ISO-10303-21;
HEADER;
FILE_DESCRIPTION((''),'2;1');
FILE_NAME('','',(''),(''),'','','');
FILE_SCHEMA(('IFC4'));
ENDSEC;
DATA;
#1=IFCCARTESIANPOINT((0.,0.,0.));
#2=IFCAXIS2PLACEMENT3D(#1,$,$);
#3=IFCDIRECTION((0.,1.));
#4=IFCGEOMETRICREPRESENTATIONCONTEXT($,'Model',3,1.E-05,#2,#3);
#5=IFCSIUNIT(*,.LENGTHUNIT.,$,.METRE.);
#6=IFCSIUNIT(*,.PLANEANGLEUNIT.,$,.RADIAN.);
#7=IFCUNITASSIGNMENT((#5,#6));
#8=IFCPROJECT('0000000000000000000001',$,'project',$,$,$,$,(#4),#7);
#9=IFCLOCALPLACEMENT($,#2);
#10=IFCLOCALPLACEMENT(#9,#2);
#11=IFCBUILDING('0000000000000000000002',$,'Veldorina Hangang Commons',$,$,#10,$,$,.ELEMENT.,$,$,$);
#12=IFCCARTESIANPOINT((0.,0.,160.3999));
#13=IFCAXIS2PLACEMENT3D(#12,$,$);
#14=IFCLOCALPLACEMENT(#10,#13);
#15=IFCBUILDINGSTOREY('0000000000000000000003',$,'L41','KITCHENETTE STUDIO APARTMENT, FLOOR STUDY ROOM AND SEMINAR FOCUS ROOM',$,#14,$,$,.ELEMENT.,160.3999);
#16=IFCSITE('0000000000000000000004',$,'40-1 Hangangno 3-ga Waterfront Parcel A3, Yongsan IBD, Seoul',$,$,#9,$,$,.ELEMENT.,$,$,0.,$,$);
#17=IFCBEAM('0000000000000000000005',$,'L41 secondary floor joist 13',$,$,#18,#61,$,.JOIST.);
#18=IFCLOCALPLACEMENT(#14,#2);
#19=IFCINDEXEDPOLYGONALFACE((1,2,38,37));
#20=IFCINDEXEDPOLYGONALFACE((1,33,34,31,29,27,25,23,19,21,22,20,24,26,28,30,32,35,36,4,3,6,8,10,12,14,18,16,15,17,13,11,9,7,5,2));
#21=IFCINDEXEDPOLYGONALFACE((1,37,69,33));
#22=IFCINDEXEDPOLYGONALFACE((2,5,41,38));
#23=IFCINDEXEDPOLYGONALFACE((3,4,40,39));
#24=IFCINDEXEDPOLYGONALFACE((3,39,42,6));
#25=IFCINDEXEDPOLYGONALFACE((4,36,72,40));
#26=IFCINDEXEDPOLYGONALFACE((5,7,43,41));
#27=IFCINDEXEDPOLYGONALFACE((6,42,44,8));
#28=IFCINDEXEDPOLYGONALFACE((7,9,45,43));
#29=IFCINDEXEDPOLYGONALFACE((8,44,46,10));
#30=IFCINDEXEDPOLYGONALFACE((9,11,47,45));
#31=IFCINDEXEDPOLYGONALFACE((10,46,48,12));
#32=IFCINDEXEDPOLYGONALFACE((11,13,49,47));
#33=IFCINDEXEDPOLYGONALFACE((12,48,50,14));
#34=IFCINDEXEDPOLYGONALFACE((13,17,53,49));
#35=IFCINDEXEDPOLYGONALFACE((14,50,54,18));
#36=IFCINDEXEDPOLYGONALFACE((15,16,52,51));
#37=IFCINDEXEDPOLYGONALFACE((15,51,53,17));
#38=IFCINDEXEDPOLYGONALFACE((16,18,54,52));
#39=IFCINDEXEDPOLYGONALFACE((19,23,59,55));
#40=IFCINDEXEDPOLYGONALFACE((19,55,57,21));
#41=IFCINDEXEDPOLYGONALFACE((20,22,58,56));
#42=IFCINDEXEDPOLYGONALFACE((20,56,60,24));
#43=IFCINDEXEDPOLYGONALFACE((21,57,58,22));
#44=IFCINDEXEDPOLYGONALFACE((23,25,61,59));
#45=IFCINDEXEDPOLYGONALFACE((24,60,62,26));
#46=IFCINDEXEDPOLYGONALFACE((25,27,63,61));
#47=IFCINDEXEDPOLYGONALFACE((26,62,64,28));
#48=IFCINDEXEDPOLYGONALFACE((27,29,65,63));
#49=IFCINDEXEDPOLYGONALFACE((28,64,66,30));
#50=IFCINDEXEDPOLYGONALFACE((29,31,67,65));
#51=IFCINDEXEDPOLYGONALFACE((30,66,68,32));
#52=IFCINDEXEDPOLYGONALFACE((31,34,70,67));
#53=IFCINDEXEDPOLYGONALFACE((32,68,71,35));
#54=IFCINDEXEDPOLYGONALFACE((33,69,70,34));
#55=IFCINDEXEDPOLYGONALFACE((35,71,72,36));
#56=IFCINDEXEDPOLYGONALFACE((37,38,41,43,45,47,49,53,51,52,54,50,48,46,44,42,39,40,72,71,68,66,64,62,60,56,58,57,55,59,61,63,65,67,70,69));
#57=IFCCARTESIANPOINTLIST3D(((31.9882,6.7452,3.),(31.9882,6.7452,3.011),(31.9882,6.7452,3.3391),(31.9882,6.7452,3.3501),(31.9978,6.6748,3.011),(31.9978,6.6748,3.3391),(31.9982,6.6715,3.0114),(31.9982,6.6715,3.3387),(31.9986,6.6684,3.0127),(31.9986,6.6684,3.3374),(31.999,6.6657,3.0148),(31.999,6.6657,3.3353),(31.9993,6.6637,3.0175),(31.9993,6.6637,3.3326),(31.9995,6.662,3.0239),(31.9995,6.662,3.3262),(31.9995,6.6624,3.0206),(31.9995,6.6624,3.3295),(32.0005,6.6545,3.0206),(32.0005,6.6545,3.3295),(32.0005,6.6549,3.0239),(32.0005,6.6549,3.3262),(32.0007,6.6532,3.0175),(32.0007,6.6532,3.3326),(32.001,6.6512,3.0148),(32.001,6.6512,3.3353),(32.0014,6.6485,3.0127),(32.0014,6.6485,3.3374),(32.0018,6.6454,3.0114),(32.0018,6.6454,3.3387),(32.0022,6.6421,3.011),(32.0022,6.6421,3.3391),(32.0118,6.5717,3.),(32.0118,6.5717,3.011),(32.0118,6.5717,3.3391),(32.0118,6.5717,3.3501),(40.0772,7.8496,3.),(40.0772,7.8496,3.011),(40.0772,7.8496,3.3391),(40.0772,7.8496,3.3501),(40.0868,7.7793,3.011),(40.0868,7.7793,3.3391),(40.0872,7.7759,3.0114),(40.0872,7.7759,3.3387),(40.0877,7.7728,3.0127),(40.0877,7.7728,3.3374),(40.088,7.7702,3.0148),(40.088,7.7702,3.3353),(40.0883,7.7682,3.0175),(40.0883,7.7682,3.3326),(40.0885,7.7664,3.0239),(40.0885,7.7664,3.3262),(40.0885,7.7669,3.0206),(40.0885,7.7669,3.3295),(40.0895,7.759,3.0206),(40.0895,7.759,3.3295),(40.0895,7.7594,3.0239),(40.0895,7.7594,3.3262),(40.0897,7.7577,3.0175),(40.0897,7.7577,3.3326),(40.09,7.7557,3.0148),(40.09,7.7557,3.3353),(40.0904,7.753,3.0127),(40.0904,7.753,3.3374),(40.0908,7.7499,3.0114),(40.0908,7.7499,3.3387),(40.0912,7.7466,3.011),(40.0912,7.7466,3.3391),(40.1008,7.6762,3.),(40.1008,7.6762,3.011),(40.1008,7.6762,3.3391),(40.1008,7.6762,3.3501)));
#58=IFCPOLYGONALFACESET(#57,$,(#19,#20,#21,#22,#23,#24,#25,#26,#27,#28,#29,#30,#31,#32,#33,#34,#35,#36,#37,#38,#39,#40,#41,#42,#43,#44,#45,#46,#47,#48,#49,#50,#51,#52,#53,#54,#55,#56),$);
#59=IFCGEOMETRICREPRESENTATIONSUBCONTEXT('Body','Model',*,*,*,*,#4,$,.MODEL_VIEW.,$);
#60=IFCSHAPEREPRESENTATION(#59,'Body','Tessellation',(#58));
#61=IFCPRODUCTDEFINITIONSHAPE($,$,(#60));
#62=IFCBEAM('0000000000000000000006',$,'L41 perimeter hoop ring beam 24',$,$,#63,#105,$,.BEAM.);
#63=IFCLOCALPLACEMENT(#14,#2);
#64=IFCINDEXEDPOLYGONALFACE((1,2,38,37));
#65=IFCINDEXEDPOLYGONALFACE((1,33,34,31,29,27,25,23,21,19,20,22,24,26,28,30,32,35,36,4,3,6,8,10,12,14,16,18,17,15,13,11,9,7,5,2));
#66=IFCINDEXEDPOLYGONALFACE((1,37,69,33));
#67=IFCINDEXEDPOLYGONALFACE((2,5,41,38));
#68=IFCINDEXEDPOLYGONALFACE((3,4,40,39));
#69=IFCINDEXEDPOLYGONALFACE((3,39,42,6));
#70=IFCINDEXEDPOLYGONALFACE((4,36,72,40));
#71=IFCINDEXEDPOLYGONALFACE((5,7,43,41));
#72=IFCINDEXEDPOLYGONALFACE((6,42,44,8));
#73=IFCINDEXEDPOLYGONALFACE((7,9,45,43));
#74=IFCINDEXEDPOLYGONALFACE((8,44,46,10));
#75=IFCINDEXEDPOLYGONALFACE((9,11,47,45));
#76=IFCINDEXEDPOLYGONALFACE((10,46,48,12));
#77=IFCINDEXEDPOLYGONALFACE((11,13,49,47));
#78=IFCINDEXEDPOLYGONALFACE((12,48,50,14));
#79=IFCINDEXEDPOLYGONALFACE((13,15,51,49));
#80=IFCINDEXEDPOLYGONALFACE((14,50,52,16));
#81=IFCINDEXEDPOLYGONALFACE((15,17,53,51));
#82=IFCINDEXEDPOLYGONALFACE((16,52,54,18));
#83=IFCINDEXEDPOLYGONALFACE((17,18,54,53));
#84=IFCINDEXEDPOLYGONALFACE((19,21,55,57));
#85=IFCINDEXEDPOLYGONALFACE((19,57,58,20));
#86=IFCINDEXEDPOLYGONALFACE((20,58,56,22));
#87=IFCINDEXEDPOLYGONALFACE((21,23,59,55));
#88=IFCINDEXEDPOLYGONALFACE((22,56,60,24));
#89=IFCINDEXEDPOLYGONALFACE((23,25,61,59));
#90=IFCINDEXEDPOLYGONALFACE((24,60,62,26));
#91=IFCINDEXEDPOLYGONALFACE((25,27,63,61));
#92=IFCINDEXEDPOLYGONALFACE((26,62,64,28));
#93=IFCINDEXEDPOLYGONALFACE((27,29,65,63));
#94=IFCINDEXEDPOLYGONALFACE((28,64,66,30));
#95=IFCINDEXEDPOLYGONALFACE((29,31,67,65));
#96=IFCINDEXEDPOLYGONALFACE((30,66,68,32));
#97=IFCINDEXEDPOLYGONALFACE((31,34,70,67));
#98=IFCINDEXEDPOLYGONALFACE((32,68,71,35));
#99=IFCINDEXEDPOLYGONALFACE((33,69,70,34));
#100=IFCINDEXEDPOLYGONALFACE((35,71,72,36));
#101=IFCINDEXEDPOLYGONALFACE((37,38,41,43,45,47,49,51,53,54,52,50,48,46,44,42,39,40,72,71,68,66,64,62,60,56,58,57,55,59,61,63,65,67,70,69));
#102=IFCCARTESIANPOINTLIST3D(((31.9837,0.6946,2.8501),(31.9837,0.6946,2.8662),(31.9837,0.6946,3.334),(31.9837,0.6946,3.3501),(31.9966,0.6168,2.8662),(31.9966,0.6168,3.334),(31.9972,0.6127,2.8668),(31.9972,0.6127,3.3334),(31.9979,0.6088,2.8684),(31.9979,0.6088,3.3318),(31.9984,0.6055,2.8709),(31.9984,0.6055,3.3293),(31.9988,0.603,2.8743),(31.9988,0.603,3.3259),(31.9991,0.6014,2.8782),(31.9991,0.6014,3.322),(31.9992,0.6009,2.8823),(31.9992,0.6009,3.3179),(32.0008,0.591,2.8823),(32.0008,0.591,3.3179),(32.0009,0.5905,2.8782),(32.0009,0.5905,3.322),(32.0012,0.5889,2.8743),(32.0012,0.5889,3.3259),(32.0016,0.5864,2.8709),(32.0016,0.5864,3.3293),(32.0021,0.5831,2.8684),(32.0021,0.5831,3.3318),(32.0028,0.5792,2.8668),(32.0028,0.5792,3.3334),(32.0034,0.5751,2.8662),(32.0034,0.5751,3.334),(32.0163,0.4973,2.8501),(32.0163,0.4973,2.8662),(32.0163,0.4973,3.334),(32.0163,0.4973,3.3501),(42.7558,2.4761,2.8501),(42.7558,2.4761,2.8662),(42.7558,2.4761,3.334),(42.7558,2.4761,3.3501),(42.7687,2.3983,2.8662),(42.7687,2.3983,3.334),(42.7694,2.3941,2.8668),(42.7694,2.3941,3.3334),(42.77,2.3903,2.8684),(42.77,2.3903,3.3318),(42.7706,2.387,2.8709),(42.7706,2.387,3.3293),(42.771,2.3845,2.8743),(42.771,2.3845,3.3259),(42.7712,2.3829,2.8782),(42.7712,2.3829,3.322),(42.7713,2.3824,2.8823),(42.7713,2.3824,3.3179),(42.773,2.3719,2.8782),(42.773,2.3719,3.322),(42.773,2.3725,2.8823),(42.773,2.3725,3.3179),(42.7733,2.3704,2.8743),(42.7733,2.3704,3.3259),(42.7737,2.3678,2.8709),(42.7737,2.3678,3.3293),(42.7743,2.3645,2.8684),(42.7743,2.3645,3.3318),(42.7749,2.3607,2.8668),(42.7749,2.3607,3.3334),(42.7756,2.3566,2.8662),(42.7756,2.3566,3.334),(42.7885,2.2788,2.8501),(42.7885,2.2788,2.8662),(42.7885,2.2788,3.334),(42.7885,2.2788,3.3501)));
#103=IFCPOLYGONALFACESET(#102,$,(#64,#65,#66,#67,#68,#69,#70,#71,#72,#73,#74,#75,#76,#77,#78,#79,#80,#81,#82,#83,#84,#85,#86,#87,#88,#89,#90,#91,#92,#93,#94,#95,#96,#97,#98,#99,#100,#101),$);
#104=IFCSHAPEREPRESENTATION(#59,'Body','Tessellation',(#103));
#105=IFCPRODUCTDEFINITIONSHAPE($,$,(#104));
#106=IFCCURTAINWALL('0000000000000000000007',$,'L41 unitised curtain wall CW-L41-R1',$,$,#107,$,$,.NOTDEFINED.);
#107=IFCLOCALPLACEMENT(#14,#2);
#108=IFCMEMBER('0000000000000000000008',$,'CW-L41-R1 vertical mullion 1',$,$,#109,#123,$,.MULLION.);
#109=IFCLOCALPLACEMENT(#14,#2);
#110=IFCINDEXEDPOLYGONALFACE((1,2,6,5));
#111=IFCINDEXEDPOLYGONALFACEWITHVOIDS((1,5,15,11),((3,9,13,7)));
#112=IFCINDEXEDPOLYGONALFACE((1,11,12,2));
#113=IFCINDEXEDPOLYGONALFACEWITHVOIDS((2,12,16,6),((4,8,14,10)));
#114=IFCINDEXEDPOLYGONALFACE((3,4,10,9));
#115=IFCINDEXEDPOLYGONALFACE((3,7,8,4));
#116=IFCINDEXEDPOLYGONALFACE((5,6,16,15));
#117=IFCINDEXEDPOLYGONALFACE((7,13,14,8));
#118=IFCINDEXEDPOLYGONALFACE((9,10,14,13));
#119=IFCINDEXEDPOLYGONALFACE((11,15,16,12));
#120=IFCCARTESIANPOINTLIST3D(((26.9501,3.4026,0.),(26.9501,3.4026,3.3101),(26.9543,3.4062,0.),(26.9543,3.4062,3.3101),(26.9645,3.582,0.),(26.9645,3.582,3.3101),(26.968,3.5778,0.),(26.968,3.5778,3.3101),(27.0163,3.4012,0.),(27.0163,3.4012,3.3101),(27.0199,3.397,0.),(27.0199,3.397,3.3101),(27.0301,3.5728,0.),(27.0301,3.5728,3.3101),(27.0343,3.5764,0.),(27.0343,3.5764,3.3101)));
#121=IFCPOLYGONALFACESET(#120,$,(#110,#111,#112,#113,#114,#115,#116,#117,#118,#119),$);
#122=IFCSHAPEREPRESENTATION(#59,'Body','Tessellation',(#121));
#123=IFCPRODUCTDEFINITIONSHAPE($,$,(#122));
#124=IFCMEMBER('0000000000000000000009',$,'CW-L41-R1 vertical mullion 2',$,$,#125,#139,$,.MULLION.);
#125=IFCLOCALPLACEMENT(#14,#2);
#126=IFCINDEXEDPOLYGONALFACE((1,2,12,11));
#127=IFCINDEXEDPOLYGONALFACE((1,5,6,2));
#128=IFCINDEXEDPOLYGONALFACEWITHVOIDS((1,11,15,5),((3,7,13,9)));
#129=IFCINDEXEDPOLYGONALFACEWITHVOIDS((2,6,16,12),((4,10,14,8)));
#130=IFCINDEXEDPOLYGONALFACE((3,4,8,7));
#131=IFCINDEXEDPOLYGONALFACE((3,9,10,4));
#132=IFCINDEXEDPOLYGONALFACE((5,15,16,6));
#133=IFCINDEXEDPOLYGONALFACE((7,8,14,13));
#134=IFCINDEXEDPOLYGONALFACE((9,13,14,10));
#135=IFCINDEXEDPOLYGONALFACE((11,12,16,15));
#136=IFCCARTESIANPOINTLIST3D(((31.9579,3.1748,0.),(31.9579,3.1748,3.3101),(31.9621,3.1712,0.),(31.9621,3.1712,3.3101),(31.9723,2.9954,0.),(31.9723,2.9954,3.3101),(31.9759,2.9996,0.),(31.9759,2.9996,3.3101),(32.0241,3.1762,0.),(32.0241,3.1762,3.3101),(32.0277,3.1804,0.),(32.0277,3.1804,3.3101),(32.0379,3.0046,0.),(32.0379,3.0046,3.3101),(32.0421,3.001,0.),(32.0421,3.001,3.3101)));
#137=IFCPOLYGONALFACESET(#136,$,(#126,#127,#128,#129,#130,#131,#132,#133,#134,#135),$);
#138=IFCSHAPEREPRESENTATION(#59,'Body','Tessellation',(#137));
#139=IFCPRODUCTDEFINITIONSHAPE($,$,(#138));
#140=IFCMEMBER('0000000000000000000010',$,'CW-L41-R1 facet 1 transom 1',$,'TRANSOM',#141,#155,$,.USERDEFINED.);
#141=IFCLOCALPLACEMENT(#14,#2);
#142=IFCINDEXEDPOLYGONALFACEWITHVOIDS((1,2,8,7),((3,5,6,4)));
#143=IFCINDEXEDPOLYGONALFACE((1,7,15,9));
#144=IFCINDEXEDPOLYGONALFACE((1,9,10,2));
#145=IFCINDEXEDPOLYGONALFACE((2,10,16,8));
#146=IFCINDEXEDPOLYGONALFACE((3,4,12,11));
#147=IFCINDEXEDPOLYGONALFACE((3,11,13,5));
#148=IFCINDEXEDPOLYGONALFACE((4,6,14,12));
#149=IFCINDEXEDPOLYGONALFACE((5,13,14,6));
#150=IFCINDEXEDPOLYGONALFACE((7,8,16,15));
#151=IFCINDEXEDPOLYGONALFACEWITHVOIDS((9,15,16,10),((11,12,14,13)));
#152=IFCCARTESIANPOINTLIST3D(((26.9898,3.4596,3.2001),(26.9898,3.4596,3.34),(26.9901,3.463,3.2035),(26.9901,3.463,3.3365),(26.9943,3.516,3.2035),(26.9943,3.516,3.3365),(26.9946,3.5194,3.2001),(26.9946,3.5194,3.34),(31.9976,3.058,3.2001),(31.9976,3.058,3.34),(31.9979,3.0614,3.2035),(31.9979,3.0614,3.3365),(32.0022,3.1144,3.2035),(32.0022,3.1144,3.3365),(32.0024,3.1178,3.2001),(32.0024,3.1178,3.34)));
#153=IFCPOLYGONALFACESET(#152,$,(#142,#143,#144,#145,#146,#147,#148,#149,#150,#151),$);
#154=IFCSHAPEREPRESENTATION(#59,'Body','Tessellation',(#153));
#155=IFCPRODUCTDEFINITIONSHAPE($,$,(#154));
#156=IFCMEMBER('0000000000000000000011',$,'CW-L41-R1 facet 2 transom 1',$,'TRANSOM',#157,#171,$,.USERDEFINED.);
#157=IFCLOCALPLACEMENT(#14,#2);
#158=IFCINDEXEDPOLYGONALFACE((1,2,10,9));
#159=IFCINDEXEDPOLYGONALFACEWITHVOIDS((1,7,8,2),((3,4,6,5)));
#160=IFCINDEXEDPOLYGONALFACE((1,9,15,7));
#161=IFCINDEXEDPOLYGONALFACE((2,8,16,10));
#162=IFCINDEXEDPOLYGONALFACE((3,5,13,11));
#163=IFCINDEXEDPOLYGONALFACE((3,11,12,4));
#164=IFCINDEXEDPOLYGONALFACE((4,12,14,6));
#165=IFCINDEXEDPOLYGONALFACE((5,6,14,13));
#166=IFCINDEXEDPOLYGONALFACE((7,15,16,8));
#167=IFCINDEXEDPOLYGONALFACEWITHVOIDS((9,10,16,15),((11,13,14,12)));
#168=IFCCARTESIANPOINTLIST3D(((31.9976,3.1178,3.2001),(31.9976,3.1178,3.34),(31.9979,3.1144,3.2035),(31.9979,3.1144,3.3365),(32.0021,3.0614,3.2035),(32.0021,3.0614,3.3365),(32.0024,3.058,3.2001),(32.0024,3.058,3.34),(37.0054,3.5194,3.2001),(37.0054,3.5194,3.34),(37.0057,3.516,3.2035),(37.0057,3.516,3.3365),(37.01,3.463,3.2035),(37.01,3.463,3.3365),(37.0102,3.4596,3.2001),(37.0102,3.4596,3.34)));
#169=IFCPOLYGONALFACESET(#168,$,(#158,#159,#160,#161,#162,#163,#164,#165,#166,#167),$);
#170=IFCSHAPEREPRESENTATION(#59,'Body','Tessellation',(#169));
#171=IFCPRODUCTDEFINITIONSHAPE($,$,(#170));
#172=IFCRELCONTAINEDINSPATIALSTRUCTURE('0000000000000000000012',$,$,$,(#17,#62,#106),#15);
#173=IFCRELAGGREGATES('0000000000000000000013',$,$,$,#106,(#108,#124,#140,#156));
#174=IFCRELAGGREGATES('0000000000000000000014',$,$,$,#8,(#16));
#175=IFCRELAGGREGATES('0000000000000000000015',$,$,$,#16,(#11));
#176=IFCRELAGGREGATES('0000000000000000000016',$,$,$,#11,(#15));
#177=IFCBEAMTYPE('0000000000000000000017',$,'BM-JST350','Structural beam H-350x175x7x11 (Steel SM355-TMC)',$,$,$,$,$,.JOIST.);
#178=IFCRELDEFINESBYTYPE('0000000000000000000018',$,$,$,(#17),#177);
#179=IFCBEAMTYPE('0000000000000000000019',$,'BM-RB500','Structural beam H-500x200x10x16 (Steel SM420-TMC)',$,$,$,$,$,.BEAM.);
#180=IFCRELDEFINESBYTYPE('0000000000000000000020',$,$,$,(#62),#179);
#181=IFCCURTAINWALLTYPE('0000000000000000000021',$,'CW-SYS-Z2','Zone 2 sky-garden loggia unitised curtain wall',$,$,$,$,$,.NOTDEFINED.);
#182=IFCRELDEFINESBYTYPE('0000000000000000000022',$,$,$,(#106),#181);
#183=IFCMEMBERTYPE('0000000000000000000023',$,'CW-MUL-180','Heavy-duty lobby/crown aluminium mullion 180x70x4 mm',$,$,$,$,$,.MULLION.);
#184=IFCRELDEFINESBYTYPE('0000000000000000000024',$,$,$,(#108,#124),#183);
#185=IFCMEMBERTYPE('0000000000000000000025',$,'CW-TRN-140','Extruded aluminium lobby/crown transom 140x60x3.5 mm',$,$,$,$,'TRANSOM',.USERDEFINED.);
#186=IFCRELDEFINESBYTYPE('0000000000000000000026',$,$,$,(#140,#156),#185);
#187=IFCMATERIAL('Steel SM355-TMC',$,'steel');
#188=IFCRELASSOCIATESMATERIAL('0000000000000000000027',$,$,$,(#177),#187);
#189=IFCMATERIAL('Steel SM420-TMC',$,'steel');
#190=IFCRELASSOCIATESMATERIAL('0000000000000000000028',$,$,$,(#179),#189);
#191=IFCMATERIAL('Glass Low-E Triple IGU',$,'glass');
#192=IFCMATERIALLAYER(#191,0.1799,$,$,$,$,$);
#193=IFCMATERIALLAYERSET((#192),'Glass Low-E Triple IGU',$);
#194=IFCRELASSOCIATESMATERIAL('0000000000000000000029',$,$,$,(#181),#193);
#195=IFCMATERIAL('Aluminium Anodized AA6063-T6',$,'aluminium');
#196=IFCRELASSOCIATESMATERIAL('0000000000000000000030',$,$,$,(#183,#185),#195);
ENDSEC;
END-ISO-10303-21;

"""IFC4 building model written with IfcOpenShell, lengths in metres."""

from ifc_helpers import new_model, si_unit, direction, frame, origin, origin_2d, place, context, subcontext, project, spatial, hollow_rectangle, i_section, extrude, material, layer, layer_set, material_profile, profile_set, type_object, element, aggregate, save


model = new_model("IFC4")

# Units and contexts
model_context = context("Model", 3, precision=1e-05, world=origin(), true_north=direction((0.0, 1.0)))
body_context = subcontext(model_context, "Body", "Model", "MODEL_VIEW")
ifc_project = project(units=[si_unit("LENGTHUNIT", "METRE"), si_unit("PLANEANGLEUNIT", "RADIAN")], contexts=[model_context])

# Site, building, storey
site_placement = place(None, origin())
site = spatial("IfcSite", under=ifc_project, at=site_placement, Name="40-1 Hangangno 3-ga Waterfront Parcel A3, Yongsan IBD, Seoul", CompositionType="ELEMENT", RefElevation=0.0)
building_placement = place(site_placement, origin())
building = spatial("IfcBuilding", under=site, at=building_placement, Name="Veldorina Hangang Commons", CompositionType="ELEMENT")
storey_placement = place(building_placement, frame((0.0, 0.0, 160.3999)))
storey = spatial("IfcBuildingStorey", under=building, at=storey_placement, Name="L41", Description="KITCHENETTE STUDIO APARTMENT, FLOOR STUDY ROOM AND SEMINAR FOCUS ROOM", CompositionType="ELEMENT", Elevation=160.3999)

# Beams
ifc_material_1 = material(Name="Steel SM355-TMC", Category="steel")
ifc_material_profile_1 = material_profile(ifc_material_1, i_section(OverallWidth=0.175, OverallDepth=0.3501, WebThickness=0.0071, FlangeThickness=0.011, FilletRadius=0.0129, at=origin_2d()), Name="H-350x175x7x11")
ifc_profile_set_1 = profile_set([ifc_material_profile_1], Name="Steel SM355-TMC")
beam_type_1 = type_object("IfcBeamType", Name="BM-JST350", Description="Structural beam H-350x175x7x11 (Steel SM355-TMC)", PredefinedType="JOIST", material=ifc_profile_set_1)
beam_1_placement = place(storey_placement, frame((32.0, 6.6584, 3.175), z_axis=(0.990807, 0.135285, 0.0), x_axis=(-0.135285, 0.990807, 0.0)))
element("IfcBeam", 1, at=beam_1_placement, inside=storey, type_object=beam_type_1, Name="L41 secondary floor joist 13", PredefinedType="JOIST", context=body_context, shape_type="SweptSolid", body=[
    extrude(i_section(OverallWidth=0.175, OverallDepth=0.3501, WebThickness=0.0071, FlangeThickness=0.011, FilletRadius=0.0129, at=origin_2d()), origin(), (0.0, 0.0, 1.0), 8.1641),
])
ifc_material_2 = material(Name="Steel SM420-TMC", Category="steel")
ifc_material_profile_2 = material_profile(ifc_material_2, i_section(OverallWidth=0.2, OverallDepth=0.5, WebThickness=0.01, FlangeThickness=0.0161, FilletRadius=0.0161, at=origin_2d()), Name="H-500x200x10x16")
ifc_profile_set_2 = profile_set([ifc_material_profile_2], Name="Steel SM420-TMC")
beam_type_2 = type_object("IfcBeamType", Name="BM-RB500", Description="Structural beam H-500x200x10x16 (Steel SM420-TMC)", PredefinedType="BEAM", material=ifc_profile_set_2)
beam_2_placement = place(storey_placement, frame((32.0, 0.5959, 3.1001), z_axis=(0.986599, 0.163162, 0.0), x_axis=(-0.163162, 0.986599, 0.0)))
element("IfcBeam", 2, at=beam_2_placement, inside=storey, type_object=beam_type_2, Name="L41 perimeter hoop ring beam 24", PredefinedType="BEAM", context=body_context, shape_type="SweptSolid", body=[
    extrude(i_section(OverallWidth=0.2, OverallDepth=0.5, WebThickness=0.01, FlangeThickness=0.0161, FilletRadius=0.0161, at=origin_2d()), origin(), (0.0, 0.0, 1.0), 10.9185),
])

# Curtain wall, members
ifc_material_3 = material(Name="Glass Low-E Triple IGU", Category="glass")
ifc_layer_1 = layer(ifc_material_3, 0.1799)
ifc_layer_set_1 = layer_set([ifc_layer_1], Name="Glass Low-E Triple IGU")
curtain_wall_type = type_object("IfcCurtainWallType", Name="CW-SYS-Z2", Description="Zone 2 sky-garden loggia unitised curtain wall", PredefinedType="NOTDEFINED", material=ifc_layer_set_1)
curtain_wall_placement = place(storey_placement, origin())
curtain_wall = element("IfcCurtainWall", 3, at=curtain_wall_placement, inside=storey, type_object=curtain_wall_type, Name="L41 unitised curtain wall CW-L41-R1", PredefinedType="NOTDEFINED")
ifc_material_4 = material(Name="Aluminium Anodized AA6063-T6", Category="aluminium")
ifc_material_profile_3 = material_profile(ifc_material_4, hollow_rectangle(XDim=0.0701, YDim=0.1799, WallThickness=0.0039, at=origin_2d()), Name="ALU-RHS-180x70x4")
ifc_profile_set_3 = profile_set([ifc_material_profile_3], Name="Aluminium Anodized AA6063-T6")
member_type_1 = type_object("IfcMemberType", Name="CW-MUL-180", Description="Heavy-duty lobby/crown aluminium mullion 180x70x4 mm", PredefinedType="MULLION", material=ifc_profile_set_3)
member_1_placement = place(storey_placement, frame((26.9922, 3.4895, 0.0), z_axis=(0.0, 0.0, 1.0), x_axis=(0.996797, -0.079973, 0.0)))
member_1 = element("IfcMember", 4, at=member_1_placement, type_object=member_type_1, Name="CW-L41-R1 vertical mullion 1", PredefinedType="MULLION", context=body_context, shape_type="SweptSolid", body=[
    extrude(hollow_rectangle(XDim=0.0701, YDim=0.1799, WallThickness=0.0039, at=origin_2d()), origin(), (0.0, 0.0, 1.0), 3.3101),
])
member_2_placement = place(storey_placement, frame((32.0, 3.0879, 0.0), z_axis=(0.0, 0.0, 1.0), x_axis=(0.996797, 0.079973, 0.0)))
member_2 = element("IfcMember", 5, at=member_2_placement, type_object=member_type_1, Name="CW-L41-R1 vertical mullion 2", PredefinedType="MULLION", context=body_context, shape_type="SweptSolid", body=[
    extrude(hollow_rectangle(XDim=0.0701, YDim=0.1799, WallThickness=0.0039, at=origin_2d()), origin(), (0.0, 0.0, 1.0), 3.3101),
])
ifc_material_profile_4 = material_profile(ifc_material_4, hollow_rectangle(XDim=0.0601, YDim=0.1399, WallThickness=0.0034, at=origin_2d()), Name="ALU-RHS-140x60x3.5")
ifc_profile_set_4 = profile_set([ifc_material_profile_4], Name="Aluminium Anodized AA6063-T6")
member_type_2 = type_object("IfcMemberType", Name="CW-TRN-140", Description="Extruded aluminium lobby/crown transom 140x60x3.5 mm", ElementType="TRANSOM", PredefinedType="USERDEFINED", material=ifc_profile_set_4)
member_3_placement = place(storey_placement, frame((26.9922, 3.4895, 3.27), z_axis=(0.9968, -0.07994, 0.0), x_axis=(0.07994, 0.9968, 0.0)))
member_3 = element("IfcMember", 6, at=member_3_placement, type_object=member_type_2, Name="CW-L41-R1 facet 1 transom 1", ObjectType="TRANSOM", PredefinedType="USERDEFINED", context=body_context, shape_type="SweptSolid", body=[
    extrude(hollow_rectangle(XDim=0.0601, YDim=0.1399, WallThickness=0.0034, at=origin_2d()), origin(), (0.0, 0.0, 1.0), 5.0239),
])
member_4_placement = place(storey_placement, frame((32.0, 3.0879, 3.27), z_axis=(0.9968, 0.07994, 0.0), x_axis=(-0.07994, 0.9968, 0.0)))
member_4 = element("IfcMember", 7, at=member_4_placement, type_object=member_type_2, Name="CW-L41-R1 facet 2 transom 1", ObjectType="TRANSOM", PredefinedType="USERDEFINED", context=body_context, shape_type="SweptSolid", body=[
    extrude(hollow_rectangle(XDim=0.0601, YDim=0.1399, WallThickness=0.0034, at=origin_2d()), origin(), (0.0, 0.0, 1.0), 5.0239),
])

aggregate(curtain_wall, [member_1, member_2, member_3, member_4])

save(model, "model.ifc")
